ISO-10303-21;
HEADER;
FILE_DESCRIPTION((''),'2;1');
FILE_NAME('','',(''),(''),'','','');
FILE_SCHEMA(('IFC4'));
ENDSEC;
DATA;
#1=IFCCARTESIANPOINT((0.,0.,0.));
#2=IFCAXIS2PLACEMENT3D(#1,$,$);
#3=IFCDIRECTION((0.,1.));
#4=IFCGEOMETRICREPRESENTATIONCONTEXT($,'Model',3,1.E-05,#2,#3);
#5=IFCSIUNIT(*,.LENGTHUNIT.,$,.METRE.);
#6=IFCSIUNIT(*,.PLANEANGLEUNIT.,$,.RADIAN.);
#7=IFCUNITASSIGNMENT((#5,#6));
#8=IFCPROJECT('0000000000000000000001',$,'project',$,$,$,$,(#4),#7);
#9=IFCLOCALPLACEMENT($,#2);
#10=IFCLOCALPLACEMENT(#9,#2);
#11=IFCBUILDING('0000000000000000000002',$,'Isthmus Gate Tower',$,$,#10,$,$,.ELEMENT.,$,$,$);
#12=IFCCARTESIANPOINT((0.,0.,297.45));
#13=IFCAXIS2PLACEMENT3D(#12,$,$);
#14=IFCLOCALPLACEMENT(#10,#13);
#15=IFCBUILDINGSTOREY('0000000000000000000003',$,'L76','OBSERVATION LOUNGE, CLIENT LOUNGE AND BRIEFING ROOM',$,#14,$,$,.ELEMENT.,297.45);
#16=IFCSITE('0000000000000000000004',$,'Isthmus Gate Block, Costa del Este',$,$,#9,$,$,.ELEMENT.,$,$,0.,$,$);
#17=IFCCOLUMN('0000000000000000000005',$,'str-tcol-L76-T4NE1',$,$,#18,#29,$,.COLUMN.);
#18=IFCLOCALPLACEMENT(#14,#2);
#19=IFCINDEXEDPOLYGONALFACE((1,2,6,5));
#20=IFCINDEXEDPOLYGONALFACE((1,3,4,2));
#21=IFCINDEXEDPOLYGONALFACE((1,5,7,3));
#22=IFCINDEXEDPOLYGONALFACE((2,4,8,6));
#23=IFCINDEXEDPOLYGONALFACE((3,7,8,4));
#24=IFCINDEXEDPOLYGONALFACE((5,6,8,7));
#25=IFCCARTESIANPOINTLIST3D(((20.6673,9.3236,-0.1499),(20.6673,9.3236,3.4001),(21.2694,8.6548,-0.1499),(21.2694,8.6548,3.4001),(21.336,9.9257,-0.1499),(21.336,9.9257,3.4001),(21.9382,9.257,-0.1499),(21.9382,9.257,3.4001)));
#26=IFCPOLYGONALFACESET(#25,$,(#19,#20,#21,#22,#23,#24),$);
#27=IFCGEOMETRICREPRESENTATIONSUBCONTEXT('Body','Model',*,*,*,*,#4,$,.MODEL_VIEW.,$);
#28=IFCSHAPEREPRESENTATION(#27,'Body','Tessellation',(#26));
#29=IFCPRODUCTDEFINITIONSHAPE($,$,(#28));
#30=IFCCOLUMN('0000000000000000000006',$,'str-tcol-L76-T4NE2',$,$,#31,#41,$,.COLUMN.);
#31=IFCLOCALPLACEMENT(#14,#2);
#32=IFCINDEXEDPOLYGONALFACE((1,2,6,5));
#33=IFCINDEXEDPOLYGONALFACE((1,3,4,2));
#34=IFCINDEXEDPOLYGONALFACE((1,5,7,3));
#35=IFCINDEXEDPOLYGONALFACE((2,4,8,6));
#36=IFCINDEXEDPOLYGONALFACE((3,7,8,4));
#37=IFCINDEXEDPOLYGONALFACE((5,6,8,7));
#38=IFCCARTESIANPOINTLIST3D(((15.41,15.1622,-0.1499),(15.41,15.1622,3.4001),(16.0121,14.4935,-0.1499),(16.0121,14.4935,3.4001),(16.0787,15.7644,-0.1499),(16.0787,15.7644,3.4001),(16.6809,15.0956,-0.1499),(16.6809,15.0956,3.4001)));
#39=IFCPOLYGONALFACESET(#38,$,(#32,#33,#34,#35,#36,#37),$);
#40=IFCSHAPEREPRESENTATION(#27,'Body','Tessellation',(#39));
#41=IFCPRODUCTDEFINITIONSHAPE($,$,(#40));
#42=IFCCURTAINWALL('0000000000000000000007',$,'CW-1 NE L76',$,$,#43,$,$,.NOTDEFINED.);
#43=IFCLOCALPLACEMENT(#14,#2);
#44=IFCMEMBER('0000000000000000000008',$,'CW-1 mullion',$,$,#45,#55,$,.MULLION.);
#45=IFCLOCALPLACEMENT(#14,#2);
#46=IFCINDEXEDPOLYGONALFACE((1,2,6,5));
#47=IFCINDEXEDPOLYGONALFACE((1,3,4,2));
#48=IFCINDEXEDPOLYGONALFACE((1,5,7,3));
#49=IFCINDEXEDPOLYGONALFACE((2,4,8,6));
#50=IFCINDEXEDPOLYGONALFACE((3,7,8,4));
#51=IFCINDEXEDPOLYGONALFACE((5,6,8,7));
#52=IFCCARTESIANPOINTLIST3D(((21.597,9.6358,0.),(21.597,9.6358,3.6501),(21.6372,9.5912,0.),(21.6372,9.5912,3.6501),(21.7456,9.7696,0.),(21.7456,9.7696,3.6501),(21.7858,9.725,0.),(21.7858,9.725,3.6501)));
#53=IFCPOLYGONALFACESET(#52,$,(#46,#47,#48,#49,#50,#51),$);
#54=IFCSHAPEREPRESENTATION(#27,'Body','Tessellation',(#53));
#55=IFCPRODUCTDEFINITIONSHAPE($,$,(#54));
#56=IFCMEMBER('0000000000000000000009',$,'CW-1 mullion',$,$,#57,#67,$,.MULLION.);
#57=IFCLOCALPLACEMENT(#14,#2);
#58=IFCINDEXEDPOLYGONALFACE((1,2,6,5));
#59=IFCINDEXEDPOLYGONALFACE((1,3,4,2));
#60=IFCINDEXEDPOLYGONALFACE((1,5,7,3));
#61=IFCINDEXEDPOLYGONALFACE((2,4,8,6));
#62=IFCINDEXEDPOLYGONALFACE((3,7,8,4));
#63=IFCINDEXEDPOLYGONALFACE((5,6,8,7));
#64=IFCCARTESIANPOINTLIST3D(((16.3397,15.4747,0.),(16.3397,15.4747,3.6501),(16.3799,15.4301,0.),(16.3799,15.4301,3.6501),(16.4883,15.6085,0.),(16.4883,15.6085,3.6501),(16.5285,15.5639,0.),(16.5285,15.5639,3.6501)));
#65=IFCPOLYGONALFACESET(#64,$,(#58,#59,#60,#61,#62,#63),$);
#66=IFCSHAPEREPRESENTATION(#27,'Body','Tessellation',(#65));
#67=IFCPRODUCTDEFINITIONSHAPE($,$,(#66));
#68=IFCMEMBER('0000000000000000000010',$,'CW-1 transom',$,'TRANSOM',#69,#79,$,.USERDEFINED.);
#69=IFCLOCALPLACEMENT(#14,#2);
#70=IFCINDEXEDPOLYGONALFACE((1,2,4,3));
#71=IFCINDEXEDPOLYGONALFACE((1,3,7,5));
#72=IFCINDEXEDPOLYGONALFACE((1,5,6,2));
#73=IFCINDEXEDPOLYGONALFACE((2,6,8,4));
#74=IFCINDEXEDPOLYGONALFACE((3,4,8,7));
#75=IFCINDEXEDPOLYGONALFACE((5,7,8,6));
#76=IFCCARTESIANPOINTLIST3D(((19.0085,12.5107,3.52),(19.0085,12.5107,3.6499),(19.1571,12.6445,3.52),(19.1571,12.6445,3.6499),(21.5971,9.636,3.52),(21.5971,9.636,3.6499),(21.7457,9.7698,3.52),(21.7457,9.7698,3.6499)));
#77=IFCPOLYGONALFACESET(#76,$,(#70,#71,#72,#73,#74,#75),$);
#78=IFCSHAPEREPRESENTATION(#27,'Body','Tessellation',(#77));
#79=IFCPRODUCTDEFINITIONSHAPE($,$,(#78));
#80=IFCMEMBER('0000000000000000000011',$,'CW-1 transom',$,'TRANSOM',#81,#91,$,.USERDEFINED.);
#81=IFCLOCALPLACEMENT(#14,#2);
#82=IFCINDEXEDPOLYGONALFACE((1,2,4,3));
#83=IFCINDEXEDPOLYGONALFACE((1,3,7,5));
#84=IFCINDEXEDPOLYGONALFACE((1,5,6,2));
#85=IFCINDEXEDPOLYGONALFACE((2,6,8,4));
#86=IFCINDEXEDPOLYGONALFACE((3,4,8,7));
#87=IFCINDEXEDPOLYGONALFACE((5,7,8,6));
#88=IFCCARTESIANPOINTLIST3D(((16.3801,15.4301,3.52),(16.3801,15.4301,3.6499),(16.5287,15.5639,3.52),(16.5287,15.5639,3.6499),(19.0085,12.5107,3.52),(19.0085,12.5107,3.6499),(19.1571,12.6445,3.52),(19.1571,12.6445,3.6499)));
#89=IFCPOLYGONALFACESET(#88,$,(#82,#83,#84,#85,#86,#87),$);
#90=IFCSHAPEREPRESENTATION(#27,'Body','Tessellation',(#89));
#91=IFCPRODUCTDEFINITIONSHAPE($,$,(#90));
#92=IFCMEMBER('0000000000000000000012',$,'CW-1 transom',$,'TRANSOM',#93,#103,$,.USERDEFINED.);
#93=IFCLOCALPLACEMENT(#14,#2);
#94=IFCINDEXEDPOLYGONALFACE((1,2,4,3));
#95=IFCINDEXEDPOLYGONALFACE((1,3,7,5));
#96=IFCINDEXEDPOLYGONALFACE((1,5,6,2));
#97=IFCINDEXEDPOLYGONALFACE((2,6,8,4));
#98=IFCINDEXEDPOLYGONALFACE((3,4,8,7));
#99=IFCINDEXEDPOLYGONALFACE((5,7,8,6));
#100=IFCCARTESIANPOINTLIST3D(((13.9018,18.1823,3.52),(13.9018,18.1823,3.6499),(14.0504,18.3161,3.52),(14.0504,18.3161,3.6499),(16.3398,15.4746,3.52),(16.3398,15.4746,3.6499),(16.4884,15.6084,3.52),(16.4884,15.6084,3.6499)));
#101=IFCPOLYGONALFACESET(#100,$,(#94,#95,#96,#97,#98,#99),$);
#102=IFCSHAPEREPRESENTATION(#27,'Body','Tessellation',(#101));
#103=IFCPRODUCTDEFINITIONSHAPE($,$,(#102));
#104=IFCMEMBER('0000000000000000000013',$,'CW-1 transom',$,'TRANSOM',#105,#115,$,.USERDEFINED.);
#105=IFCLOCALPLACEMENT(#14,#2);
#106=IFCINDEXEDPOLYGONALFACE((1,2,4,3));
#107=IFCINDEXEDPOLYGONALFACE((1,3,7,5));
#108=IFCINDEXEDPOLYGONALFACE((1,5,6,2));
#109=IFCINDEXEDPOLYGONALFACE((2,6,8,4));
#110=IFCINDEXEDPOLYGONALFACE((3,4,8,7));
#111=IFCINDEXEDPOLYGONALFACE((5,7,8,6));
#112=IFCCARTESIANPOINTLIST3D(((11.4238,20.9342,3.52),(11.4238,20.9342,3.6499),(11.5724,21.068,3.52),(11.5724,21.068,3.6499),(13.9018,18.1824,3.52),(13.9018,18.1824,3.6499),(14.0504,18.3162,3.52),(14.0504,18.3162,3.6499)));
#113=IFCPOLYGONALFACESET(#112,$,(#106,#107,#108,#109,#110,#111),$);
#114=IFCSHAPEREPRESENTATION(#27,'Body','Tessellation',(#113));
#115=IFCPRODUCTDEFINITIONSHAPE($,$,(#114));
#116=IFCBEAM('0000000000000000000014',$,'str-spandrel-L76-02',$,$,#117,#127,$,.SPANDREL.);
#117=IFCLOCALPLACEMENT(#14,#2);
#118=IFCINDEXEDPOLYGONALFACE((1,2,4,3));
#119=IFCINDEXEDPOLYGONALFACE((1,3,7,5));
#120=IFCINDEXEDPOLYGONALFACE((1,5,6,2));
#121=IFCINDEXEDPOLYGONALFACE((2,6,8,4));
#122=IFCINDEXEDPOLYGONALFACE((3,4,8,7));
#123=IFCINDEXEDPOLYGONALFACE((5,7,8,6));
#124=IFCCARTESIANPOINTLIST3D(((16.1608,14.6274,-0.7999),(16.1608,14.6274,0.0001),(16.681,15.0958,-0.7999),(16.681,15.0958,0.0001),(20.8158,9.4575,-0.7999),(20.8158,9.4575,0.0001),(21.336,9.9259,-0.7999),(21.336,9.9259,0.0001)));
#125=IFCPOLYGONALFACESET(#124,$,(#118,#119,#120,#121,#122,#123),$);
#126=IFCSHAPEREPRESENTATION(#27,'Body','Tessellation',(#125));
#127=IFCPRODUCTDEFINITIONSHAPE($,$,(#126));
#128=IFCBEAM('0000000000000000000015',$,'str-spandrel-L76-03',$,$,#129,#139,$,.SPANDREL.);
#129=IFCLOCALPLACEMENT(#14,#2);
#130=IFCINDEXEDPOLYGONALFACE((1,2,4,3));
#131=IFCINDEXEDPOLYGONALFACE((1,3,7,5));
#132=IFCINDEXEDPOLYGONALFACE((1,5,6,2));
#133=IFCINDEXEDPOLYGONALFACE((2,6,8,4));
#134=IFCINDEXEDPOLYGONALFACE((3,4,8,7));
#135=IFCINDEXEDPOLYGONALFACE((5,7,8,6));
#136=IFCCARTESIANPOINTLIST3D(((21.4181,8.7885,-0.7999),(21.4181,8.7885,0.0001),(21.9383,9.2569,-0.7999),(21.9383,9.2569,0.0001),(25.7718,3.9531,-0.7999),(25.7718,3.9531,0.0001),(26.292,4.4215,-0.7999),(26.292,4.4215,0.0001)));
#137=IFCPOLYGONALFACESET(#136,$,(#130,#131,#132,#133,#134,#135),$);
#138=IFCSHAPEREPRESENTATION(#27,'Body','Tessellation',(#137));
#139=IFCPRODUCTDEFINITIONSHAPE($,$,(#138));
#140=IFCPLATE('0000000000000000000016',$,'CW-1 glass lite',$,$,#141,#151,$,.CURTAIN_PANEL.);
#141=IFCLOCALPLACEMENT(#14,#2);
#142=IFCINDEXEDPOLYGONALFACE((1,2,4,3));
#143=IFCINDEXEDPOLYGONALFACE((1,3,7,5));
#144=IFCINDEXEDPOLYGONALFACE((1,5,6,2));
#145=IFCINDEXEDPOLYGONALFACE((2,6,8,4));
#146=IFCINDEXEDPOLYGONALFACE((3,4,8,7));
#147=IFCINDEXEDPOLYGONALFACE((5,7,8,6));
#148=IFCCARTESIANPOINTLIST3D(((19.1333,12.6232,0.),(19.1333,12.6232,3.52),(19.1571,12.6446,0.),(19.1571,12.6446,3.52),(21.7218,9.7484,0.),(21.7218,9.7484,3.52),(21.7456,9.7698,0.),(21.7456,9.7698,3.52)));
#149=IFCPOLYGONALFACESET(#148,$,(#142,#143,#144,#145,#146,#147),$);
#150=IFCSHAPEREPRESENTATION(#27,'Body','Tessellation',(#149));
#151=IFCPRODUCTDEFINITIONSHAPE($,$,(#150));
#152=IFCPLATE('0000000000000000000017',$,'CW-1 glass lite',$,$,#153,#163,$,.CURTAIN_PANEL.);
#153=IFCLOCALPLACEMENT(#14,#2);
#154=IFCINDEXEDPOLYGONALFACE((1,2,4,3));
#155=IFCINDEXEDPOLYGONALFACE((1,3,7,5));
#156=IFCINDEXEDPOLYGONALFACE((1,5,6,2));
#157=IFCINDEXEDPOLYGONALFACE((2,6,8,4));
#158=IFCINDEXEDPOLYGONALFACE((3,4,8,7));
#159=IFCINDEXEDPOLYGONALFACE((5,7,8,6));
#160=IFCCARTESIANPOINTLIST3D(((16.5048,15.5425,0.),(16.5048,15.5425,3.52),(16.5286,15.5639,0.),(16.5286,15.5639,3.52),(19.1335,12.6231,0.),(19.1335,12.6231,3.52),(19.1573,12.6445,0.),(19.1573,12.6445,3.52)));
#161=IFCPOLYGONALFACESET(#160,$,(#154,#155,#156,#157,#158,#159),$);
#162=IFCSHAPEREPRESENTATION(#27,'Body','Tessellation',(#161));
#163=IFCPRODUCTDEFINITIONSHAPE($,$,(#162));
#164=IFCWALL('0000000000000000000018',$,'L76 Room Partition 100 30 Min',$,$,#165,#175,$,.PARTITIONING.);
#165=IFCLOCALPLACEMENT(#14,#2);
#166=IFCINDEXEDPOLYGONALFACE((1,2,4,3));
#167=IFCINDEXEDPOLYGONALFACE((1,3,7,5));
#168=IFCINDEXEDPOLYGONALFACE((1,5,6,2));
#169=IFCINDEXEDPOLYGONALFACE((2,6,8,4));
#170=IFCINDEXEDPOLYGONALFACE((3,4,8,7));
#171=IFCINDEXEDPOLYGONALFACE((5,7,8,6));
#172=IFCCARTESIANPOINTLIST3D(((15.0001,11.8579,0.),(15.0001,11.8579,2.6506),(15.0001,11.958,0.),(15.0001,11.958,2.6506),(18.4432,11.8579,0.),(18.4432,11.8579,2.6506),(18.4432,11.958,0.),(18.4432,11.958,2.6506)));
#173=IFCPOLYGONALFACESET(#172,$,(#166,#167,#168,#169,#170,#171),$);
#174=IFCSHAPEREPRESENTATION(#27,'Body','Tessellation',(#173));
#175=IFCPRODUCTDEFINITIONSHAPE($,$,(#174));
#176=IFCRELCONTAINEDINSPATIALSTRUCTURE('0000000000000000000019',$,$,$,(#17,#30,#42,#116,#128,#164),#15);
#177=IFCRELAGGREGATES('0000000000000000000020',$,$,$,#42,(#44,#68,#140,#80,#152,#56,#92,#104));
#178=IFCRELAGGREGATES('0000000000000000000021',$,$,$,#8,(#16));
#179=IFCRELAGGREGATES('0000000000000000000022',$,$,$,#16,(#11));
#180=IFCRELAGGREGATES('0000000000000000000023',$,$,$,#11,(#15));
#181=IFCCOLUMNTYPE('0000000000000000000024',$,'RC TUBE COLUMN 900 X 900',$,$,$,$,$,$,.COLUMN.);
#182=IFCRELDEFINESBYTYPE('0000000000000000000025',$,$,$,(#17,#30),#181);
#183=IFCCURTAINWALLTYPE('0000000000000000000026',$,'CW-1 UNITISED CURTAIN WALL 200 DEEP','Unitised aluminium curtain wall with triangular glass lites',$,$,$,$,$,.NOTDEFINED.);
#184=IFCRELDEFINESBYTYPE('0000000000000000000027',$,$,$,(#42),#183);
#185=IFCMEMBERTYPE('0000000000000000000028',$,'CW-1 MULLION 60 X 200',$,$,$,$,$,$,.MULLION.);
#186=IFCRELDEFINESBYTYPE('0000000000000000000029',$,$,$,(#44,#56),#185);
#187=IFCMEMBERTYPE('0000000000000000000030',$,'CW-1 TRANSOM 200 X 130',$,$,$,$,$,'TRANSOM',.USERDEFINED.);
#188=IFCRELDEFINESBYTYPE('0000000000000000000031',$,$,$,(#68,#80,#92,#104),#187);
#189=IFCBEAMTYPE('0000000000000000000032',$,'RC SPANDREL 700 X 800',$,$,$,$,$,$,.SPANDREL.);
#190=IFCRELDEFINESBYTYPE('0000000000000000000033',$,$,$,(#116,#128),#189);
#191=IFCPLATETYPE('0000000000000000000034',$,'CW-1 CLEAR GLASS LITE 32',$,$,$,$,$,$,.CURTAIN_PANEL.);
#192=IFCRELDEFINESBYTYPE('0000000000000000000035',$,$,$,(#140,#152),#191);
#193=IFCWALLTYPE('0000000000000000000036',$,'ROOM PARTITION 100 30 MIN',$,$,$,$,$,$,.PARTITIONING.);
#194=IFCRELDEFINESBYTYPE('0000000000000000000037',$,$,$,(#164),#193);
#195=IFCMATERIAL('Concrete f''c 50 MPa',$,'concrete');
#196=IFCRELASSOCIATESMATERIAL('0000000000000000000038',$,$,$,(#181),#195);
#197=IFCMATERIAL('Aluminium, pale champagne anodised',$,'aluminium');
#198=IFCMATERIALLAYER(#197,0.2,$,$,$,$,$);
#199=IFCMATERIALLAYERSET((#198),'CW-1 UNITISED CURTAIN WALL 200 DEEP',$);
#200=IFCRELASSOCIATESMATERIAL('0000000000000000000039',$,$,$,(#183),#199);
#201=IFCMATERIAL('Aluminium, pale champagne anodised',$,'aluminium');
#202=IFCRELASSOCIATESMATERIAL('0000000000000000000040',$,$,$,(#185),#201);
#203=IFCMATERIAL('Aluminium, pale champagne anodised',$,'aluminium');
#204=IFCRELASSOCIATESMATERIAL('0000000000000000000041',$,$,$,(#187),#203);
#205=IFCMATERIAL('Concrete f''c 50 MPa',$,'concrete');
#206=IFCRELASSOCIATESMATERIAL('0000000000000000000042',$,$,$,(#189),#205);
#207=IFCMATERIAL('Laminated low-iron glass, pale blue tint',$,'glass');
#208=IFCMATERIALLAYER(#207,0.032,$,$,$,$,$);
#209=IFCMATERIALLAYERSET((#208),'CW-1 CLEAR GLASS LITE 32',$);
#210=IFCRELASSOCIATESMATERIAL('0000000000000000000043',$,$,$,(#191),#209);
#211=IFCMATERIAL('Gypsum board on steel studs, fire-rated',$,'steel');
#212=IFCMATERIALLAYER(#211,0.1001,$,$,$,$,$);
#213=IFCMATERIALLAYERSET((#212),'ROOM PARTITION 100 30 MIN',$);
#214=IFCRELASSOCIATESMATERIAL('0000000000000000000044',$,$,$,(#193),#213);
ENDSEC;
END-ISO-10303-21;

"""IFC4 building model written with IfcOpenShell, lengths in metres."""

from ifc_helpers import new_model, si_unit, direction, frame, frame_2d, origin, origin_2d, place, context, subcontext, project, spatial, rectangle, extrude, material, layer, layer_set, material_profile, profile_set, type_object, element, aggregate, save


model = new_model("IFC4")

# Units and contexts
model_context = context("Model", 3, precision=1e-05, world=origin(), true_north=direction((0.0, 1.0)))
body_context = subcontext(model_context, "Body", "Model", "MODEL_VIEW")
ifc_project = project(units=[si_unit("LENGTHUNIT", "METRE"), si_unit("PLANEANGLEUNIT", "RADIAN")], contexts=[model_context])

# Site, building, storey
site_placement = place(None, origin())
site = spatial("IfcSite", under=ifc_project, at=site_placement, Name="Isthmus Gate Block, Costa del Este", CompositionType="ELEMENT", RefElevation=0.0)
building_placement = place(site_placement, origin())
building = spatial("IfcBuilding", under=site, at=building_placement, Name="Isthmus Gate Tower", CompositionType="ELEMENT")
storey_placement = place(building_placement, frame((0.0, 0.0, 297.45)))
storey = spatial("IfcBuildingStorey", under=building, at=storey_placement, Name="L76", Description="OBSERVATION LOUNGE, CLIENT LOUNGE AND BRIEFING ROOM", CompositionType="ELEMENT", Elevation=297.45)

# Columns
ifc_material_1 = material(Name="Concrete f'c 50 MPa", Category="concrete")
ifc_material_profile_1 = material_profile(ifc_material_1, rectangle(XDim=0.8999, YDim=0.8999, at=origin_2d()), Name="RC 900X900")
ifc_profile_set_1 = profile_set([ifc_material_profile_1], Name="Concrete f'c 50 MPa")
column_type = type_object("IfcColumnType", Name="RC TUBE COLUMN 900 X 900", PredefinedType="COLUMN", material=ifc_profile_set_1)
for number, where, z_axis, x_axis, name in (
    (1, (21.3027, 9.2903, -0.1499), (0.0, 0.0, 1.0), (-0.669131, 0.743145, 0.0), "str-tcol-L76-T4NE1"),
    (2, (16.0454, 15.1289, -0.1499), (0.0, 0.0, 1.0), (-0.669131, 0.743145, 0.0), "str-tcol-L76-T4NE2"),
):
    element("IfcColumn", number, at=place(storey_placement, frame(where, z_axis=z_axis, x_axis=x_axis)), inside=storey, type_object=column_type, Name=name, PredefinedType="COLUMN", context=body_context, shape_type="SweptSolid", body=[
        extrude(rectangle(XDim=0.8999, YDim=0.8999, at=origin_2d()), origin(), (0.0, 0.0, 1.0), 3.55),
    ])

# Curtain wall, members
ifc_material_2 = material(Name="Aluminium, pale champagne anodised", Category="aluminium")
ifc_layer_1 = layer(ifc_material_2, 0.2)
ifc_layer_set_1 = layer_set([ifc_layer_1], Name="CW-1 UNITISED CURTAIN WALL 200 DEEP")
curtain_wall_type = type_object("IfcCurtainWallType", Name="CW-1 UNITISED CURTAIN WALL 200 DEEP", Description="Unitised aluminium curtain wall with triangular glass lites", PredefinedType="NOTDEFINED", material=ifc_layer_set_1)
curtain_wall_placement = place(storey_placement, origin())
curtain_wall = element("IfcCurtainWall", 3, at=curtain_wall_placement, inside=storey, type_object=curtain_wall_type, Name="CW-1 NE L76", PredefinedType="NOTDEFINED")
ifc_material_3 = material(Name="Aluminium, pale champagne anodised", Category="aluminium")
ifc_material_profile_2 = material_profile(ifc_material_3, rectangle(XDim=0.0601, YDim=0.2, at=origin_2d()), Name="60x200")
ifc_profile_set_2 = profile_set([ifc_material_profile_2], Name="Aluminium, pale champagne anodised")
member_type_1 = type_object("IfcMemberType", Name="CW-1 MULLION 60 X 200", PredefinedType="MULLION", material=ifc_profile_set_2)
member_1_placement = place(storey_placement, frame((21.6914, 9.6804, 0.0), z_axis=(0.0, 0.0, 1.0), x_axis=(-0.669131, 0.743145, 0.0)))
member_1 = element("IfcMember", 4, at=member_1_placement, type_object=member_type_1, Name="CW-1 mullion", PredefinedType="MULLION", context=body_context, shape_type="SweptSolid", body=[
    extrude(rectangle(XDim=0.0601, YDim=0.2, at=origin_2d()), origin(), (0.0, 0.0, 1.0), 3.6501),
])
member_2_placement = place(storey_placement, frame((16.4341, 15.5193, 0.0), z_axis=(0.0, 0.0, 1.0), x_axis=(-0.669131, 0.743145, 0.0)))
member_2 = element("IfcMember", 5, at=member_2_placement, type_object=member_type_1, Name="CW-1 mullion", PredefinedType="MULLION", context=body_context, shape_type="SweptSolid", body=[
    extrude(rectangle(XDim=0.0601, YDim=0.2, at=origin_2d()), origin(), (0.0, 0.0, 1.0), 3.6501),
])
ifc_material_4 = material(Name="Aluminium, pale champagne anodised", Category="aluminium")
ifc_material_profile_3 = material_profile(ifc_material_4, rectangle(XDim=0.2, YDim=0.1299, at=origin_2d()), Name="200x130")
ifc_profile_set_3 = profile_set([ifc_material_profile_3], Name="Aluminium, pale champagne anodised")
member_type_2 = type_object("IfcMemberType", Name="CW-1 TRANSOM 200 X 130", ElementType="TRANSOM", PredefinedType="USERDEFINED", material=ifc_profile_set_3)
member_3_placement = place(storey_placement, frame((21.6714, 9.7029, 3.585), z_axis=(-0.669156, 0.743122, 0.0), x_axis=(-0.743122, -0.669156, 0.0)))
member_3 = element("IfcMember", 6, at=member_3_placement, type_object=member_type_2, Name="CW-1 transom", ObjectType="TRANSOM", PredefinedType="USERDEFINED", context=body_context, shape_type="SweptSolid", body=[
    extrude(rectangle(XDim=0.2, YDim=0.1299, at=origin_2d()), origin(), (0.0, 0.0, 1.0), 3.8684),
])
member_4_placement = place(storey_placement, frame((19.0828, 12.5776, 3.585), z_axis=(-0.669095, 0.743177, 0.0), x_axis=(-0.743177, -0.669095, 0.0)))
member_4 = element("IfcMember", 7, at=member_4_placement, type_object=member_type_2, Name="CW-1 transom", ObjectType="TRANSOM", PredefinedType="USERDEFINED", context=body_context, shape_type="SweptSolid", body=[
    extrude(rectangle(XDim=0.2, YDim=0.1299, at=origin_2d()), origin(), (0.0, 0.0, 1.0), 3.9282),
])
member_5_placement = place(storey_placement, frame((16.4141, 15.5415, 3.585), z_axis=(-0.669116, 0.743158, 0.0), x_axis=(-0.743158, -0.669116, 0.0)))
member_5 = element("IfcMember", 8, at=member_5_placement, type_object=member_type_2, Name="CW-1 transom", ObjectType="TRANSOM", PredefinedType="USERDEFINED", context=body_context, shape_type="SweptSolid", body=[
    extrude(rectangle(XDim=0.2, YDim=0.1299, at=origin_2d()), origin(), (0.0, 0.0, 1.0), 3.6436),
])
member_6_placement = place(storey_placement, frame((13.9761, 18.2493, 3.585), z_axis=(-0.669154, 0.743124, 0.0), x_axis=(-0.743124, -0.669154, 0.0)))
member_6 = element("IfcMember", 9, at=member_6_placement, type_object=member_type_2, Name="CW-1 transom", ObjectType="TRANSOM", PredefinedType="USERDEFINED", context=body_context, shape_type="SweptSolid", body=[
    extrude(rectangle(XDim=0.2, YDim=0.1299, at=origin_2d()), origin(), (0.0, 0.0, 1.0), 3.7031),
])

# Beams
ifc_material_5 = material(Name="Concrete f'c 50 MPa", Category="concrete")
ifc_material_profile_4 = material_profile(ifc_material_5, rectangle(XDim=0.7, YDim=0.8, at=origin_2d()), Name="RC 700X800")
ifc_profile_set_4 = profile_set([ifc_material_profile_4], Name="Concrete f'c 50 MPa")
beam_type = type_object("IfcBeamType", Name="RC SPANDREL 700 X 800", PredefinedType="SPANDREL", material=ifc_profile_set_4)
beam_1_placement = place(storey_placement, frame((16.4209, 14.8616, -0.3999), z_axis=(0.669131, -0.743144, 0.0), x_axis=(0.743144, 0.669131, 0.0)))
element("IfcBeam", 10, at=beam_1_placement, inside=storey, type_object=beam_type, Name="str-spandrel-L76-02", PredefinedType="SPANDREL", context=body_context, shape_type="SweptSolid", body=[
    extrude(rectangle(XDim=0.7, YDim=0.8, at=origin_2d()), origin(), (0.0, 0.0, 1.0), 6.9568),
])
beam_2_placement = place(storey_placement, frame((21.6782, 9.0227, -0.3999), z_axis=(0.669122, -0.743152, 0.0), x_axis=(0.743152, 0.669122, 0.0)))
element("IfcBeam", 11, at=beam_2_placement, inside=storey, type_object=beam_type, Name="str-spandrel-L76-03", PredefinedType="SPANDREL", context=body_context, shape_type="SweptSolid", body=[
    extrude(rectangle(XDim=0.7, YDim=0.8, at=origin_2d()), origin(), (0.0, 0.0, 1.0), 6.5066),
])

# Plates
ifc_material_6 = material(Name="Laminated low-iron glass, pale blue tint", Category="glass")
ifc_layer_2 = layer(ifc_material_6, 0.032)
ifc_layer_set_2 = layer_set([ifc_layer_2], Name="CW-1 CLEAR GLASS LITE 32")
plate_type = type_object("IfcPlateType", Name="CW-1 CLEAR GLASS LITE 32", PredefinedType="CURTAIN_PANEL", material=ifc_layer_set_2)
plate_1_placement = place(storey_placement, frame((20.4395, 11.1965, 0.0), z_axis=(0.0, 0.0, 1.0), x_axis=(-0.669131, 0.743145, 0.0)))
plate_1 = element("IfcPlate", 12, at=plate_1_placement, type_object=plate_type, Name="CW-1 glass lite", PredefinedType="CURTAIN_PANEL", context=body_context, shape_type="SweptSolid", body=[
    extrude(rectangle(XDim=3.8684, YDim=0.032, at=origin_2d()), origin(), (0.0, 0.0, 1.0), 3.52),
])
plate_2_placement = place(storey_placement, frame((17.8311, 14.0935, 0.0), z_axis=(0.0, 0.0, 1.0), x_axis=(-0.669131, 0.743145, 0.0)))
plate_2 = element("IfcPlate", 13, at=plate_2_placement, type_object=plate_type, Name="CW-1 glass lite", PredefinedType="CURTAIN_PANEL", context=body_context, shape_type="SweptSolid", body=[
    extrude(rectangle(XDim=3.9285, YDim=0.032, at=origin_2d()), origin(), (0.0, 0.0, 1.0), 3.52),
])

# Wall
ifc_material_7 = material(Name="Gypsum board on steel studs, fire-rated", Category="steel")
ifc_layer_3 = layer(ifc_material_7, 0.1001)
ifc_layer_set_3 = layer_set([ifc_layer_3], Name="ROOM PARTITION 100 30 MIN")
wall_type = type_object("IfcWallType", Name="ROOM PARTITION 100 30 MIN", PredefinedType="PARTITIONING", material=ifc_layer_set_3)
wall_placement = place(storey_placement, frame((15.0, 11.908, 0.0), z_axis=(0.0, 0.0, 1.0), x_axis=(1.0, 0.0, 0.0)))
element("IfcWall", 14, at=wall_placement, inside=storey, type_object=wall_type, Name="L76 Room Partition 100 30 Min", PredefinedType="PARTITIONING", context=body_context, shape_type="SweptSolid", body=[
    extrude(rectangle(XDim=3.4431, YDim=0.1001, at=frame_2d((1.7217, 0.0))), origin(), (0.0, 0.0, 1.0), 2.6506),
])

aggregate(curtain_wall, [member_1, member_3, plate_1, member_4, plate_2, member_2, member_5, member_6])

save(model, "model.ifc")
